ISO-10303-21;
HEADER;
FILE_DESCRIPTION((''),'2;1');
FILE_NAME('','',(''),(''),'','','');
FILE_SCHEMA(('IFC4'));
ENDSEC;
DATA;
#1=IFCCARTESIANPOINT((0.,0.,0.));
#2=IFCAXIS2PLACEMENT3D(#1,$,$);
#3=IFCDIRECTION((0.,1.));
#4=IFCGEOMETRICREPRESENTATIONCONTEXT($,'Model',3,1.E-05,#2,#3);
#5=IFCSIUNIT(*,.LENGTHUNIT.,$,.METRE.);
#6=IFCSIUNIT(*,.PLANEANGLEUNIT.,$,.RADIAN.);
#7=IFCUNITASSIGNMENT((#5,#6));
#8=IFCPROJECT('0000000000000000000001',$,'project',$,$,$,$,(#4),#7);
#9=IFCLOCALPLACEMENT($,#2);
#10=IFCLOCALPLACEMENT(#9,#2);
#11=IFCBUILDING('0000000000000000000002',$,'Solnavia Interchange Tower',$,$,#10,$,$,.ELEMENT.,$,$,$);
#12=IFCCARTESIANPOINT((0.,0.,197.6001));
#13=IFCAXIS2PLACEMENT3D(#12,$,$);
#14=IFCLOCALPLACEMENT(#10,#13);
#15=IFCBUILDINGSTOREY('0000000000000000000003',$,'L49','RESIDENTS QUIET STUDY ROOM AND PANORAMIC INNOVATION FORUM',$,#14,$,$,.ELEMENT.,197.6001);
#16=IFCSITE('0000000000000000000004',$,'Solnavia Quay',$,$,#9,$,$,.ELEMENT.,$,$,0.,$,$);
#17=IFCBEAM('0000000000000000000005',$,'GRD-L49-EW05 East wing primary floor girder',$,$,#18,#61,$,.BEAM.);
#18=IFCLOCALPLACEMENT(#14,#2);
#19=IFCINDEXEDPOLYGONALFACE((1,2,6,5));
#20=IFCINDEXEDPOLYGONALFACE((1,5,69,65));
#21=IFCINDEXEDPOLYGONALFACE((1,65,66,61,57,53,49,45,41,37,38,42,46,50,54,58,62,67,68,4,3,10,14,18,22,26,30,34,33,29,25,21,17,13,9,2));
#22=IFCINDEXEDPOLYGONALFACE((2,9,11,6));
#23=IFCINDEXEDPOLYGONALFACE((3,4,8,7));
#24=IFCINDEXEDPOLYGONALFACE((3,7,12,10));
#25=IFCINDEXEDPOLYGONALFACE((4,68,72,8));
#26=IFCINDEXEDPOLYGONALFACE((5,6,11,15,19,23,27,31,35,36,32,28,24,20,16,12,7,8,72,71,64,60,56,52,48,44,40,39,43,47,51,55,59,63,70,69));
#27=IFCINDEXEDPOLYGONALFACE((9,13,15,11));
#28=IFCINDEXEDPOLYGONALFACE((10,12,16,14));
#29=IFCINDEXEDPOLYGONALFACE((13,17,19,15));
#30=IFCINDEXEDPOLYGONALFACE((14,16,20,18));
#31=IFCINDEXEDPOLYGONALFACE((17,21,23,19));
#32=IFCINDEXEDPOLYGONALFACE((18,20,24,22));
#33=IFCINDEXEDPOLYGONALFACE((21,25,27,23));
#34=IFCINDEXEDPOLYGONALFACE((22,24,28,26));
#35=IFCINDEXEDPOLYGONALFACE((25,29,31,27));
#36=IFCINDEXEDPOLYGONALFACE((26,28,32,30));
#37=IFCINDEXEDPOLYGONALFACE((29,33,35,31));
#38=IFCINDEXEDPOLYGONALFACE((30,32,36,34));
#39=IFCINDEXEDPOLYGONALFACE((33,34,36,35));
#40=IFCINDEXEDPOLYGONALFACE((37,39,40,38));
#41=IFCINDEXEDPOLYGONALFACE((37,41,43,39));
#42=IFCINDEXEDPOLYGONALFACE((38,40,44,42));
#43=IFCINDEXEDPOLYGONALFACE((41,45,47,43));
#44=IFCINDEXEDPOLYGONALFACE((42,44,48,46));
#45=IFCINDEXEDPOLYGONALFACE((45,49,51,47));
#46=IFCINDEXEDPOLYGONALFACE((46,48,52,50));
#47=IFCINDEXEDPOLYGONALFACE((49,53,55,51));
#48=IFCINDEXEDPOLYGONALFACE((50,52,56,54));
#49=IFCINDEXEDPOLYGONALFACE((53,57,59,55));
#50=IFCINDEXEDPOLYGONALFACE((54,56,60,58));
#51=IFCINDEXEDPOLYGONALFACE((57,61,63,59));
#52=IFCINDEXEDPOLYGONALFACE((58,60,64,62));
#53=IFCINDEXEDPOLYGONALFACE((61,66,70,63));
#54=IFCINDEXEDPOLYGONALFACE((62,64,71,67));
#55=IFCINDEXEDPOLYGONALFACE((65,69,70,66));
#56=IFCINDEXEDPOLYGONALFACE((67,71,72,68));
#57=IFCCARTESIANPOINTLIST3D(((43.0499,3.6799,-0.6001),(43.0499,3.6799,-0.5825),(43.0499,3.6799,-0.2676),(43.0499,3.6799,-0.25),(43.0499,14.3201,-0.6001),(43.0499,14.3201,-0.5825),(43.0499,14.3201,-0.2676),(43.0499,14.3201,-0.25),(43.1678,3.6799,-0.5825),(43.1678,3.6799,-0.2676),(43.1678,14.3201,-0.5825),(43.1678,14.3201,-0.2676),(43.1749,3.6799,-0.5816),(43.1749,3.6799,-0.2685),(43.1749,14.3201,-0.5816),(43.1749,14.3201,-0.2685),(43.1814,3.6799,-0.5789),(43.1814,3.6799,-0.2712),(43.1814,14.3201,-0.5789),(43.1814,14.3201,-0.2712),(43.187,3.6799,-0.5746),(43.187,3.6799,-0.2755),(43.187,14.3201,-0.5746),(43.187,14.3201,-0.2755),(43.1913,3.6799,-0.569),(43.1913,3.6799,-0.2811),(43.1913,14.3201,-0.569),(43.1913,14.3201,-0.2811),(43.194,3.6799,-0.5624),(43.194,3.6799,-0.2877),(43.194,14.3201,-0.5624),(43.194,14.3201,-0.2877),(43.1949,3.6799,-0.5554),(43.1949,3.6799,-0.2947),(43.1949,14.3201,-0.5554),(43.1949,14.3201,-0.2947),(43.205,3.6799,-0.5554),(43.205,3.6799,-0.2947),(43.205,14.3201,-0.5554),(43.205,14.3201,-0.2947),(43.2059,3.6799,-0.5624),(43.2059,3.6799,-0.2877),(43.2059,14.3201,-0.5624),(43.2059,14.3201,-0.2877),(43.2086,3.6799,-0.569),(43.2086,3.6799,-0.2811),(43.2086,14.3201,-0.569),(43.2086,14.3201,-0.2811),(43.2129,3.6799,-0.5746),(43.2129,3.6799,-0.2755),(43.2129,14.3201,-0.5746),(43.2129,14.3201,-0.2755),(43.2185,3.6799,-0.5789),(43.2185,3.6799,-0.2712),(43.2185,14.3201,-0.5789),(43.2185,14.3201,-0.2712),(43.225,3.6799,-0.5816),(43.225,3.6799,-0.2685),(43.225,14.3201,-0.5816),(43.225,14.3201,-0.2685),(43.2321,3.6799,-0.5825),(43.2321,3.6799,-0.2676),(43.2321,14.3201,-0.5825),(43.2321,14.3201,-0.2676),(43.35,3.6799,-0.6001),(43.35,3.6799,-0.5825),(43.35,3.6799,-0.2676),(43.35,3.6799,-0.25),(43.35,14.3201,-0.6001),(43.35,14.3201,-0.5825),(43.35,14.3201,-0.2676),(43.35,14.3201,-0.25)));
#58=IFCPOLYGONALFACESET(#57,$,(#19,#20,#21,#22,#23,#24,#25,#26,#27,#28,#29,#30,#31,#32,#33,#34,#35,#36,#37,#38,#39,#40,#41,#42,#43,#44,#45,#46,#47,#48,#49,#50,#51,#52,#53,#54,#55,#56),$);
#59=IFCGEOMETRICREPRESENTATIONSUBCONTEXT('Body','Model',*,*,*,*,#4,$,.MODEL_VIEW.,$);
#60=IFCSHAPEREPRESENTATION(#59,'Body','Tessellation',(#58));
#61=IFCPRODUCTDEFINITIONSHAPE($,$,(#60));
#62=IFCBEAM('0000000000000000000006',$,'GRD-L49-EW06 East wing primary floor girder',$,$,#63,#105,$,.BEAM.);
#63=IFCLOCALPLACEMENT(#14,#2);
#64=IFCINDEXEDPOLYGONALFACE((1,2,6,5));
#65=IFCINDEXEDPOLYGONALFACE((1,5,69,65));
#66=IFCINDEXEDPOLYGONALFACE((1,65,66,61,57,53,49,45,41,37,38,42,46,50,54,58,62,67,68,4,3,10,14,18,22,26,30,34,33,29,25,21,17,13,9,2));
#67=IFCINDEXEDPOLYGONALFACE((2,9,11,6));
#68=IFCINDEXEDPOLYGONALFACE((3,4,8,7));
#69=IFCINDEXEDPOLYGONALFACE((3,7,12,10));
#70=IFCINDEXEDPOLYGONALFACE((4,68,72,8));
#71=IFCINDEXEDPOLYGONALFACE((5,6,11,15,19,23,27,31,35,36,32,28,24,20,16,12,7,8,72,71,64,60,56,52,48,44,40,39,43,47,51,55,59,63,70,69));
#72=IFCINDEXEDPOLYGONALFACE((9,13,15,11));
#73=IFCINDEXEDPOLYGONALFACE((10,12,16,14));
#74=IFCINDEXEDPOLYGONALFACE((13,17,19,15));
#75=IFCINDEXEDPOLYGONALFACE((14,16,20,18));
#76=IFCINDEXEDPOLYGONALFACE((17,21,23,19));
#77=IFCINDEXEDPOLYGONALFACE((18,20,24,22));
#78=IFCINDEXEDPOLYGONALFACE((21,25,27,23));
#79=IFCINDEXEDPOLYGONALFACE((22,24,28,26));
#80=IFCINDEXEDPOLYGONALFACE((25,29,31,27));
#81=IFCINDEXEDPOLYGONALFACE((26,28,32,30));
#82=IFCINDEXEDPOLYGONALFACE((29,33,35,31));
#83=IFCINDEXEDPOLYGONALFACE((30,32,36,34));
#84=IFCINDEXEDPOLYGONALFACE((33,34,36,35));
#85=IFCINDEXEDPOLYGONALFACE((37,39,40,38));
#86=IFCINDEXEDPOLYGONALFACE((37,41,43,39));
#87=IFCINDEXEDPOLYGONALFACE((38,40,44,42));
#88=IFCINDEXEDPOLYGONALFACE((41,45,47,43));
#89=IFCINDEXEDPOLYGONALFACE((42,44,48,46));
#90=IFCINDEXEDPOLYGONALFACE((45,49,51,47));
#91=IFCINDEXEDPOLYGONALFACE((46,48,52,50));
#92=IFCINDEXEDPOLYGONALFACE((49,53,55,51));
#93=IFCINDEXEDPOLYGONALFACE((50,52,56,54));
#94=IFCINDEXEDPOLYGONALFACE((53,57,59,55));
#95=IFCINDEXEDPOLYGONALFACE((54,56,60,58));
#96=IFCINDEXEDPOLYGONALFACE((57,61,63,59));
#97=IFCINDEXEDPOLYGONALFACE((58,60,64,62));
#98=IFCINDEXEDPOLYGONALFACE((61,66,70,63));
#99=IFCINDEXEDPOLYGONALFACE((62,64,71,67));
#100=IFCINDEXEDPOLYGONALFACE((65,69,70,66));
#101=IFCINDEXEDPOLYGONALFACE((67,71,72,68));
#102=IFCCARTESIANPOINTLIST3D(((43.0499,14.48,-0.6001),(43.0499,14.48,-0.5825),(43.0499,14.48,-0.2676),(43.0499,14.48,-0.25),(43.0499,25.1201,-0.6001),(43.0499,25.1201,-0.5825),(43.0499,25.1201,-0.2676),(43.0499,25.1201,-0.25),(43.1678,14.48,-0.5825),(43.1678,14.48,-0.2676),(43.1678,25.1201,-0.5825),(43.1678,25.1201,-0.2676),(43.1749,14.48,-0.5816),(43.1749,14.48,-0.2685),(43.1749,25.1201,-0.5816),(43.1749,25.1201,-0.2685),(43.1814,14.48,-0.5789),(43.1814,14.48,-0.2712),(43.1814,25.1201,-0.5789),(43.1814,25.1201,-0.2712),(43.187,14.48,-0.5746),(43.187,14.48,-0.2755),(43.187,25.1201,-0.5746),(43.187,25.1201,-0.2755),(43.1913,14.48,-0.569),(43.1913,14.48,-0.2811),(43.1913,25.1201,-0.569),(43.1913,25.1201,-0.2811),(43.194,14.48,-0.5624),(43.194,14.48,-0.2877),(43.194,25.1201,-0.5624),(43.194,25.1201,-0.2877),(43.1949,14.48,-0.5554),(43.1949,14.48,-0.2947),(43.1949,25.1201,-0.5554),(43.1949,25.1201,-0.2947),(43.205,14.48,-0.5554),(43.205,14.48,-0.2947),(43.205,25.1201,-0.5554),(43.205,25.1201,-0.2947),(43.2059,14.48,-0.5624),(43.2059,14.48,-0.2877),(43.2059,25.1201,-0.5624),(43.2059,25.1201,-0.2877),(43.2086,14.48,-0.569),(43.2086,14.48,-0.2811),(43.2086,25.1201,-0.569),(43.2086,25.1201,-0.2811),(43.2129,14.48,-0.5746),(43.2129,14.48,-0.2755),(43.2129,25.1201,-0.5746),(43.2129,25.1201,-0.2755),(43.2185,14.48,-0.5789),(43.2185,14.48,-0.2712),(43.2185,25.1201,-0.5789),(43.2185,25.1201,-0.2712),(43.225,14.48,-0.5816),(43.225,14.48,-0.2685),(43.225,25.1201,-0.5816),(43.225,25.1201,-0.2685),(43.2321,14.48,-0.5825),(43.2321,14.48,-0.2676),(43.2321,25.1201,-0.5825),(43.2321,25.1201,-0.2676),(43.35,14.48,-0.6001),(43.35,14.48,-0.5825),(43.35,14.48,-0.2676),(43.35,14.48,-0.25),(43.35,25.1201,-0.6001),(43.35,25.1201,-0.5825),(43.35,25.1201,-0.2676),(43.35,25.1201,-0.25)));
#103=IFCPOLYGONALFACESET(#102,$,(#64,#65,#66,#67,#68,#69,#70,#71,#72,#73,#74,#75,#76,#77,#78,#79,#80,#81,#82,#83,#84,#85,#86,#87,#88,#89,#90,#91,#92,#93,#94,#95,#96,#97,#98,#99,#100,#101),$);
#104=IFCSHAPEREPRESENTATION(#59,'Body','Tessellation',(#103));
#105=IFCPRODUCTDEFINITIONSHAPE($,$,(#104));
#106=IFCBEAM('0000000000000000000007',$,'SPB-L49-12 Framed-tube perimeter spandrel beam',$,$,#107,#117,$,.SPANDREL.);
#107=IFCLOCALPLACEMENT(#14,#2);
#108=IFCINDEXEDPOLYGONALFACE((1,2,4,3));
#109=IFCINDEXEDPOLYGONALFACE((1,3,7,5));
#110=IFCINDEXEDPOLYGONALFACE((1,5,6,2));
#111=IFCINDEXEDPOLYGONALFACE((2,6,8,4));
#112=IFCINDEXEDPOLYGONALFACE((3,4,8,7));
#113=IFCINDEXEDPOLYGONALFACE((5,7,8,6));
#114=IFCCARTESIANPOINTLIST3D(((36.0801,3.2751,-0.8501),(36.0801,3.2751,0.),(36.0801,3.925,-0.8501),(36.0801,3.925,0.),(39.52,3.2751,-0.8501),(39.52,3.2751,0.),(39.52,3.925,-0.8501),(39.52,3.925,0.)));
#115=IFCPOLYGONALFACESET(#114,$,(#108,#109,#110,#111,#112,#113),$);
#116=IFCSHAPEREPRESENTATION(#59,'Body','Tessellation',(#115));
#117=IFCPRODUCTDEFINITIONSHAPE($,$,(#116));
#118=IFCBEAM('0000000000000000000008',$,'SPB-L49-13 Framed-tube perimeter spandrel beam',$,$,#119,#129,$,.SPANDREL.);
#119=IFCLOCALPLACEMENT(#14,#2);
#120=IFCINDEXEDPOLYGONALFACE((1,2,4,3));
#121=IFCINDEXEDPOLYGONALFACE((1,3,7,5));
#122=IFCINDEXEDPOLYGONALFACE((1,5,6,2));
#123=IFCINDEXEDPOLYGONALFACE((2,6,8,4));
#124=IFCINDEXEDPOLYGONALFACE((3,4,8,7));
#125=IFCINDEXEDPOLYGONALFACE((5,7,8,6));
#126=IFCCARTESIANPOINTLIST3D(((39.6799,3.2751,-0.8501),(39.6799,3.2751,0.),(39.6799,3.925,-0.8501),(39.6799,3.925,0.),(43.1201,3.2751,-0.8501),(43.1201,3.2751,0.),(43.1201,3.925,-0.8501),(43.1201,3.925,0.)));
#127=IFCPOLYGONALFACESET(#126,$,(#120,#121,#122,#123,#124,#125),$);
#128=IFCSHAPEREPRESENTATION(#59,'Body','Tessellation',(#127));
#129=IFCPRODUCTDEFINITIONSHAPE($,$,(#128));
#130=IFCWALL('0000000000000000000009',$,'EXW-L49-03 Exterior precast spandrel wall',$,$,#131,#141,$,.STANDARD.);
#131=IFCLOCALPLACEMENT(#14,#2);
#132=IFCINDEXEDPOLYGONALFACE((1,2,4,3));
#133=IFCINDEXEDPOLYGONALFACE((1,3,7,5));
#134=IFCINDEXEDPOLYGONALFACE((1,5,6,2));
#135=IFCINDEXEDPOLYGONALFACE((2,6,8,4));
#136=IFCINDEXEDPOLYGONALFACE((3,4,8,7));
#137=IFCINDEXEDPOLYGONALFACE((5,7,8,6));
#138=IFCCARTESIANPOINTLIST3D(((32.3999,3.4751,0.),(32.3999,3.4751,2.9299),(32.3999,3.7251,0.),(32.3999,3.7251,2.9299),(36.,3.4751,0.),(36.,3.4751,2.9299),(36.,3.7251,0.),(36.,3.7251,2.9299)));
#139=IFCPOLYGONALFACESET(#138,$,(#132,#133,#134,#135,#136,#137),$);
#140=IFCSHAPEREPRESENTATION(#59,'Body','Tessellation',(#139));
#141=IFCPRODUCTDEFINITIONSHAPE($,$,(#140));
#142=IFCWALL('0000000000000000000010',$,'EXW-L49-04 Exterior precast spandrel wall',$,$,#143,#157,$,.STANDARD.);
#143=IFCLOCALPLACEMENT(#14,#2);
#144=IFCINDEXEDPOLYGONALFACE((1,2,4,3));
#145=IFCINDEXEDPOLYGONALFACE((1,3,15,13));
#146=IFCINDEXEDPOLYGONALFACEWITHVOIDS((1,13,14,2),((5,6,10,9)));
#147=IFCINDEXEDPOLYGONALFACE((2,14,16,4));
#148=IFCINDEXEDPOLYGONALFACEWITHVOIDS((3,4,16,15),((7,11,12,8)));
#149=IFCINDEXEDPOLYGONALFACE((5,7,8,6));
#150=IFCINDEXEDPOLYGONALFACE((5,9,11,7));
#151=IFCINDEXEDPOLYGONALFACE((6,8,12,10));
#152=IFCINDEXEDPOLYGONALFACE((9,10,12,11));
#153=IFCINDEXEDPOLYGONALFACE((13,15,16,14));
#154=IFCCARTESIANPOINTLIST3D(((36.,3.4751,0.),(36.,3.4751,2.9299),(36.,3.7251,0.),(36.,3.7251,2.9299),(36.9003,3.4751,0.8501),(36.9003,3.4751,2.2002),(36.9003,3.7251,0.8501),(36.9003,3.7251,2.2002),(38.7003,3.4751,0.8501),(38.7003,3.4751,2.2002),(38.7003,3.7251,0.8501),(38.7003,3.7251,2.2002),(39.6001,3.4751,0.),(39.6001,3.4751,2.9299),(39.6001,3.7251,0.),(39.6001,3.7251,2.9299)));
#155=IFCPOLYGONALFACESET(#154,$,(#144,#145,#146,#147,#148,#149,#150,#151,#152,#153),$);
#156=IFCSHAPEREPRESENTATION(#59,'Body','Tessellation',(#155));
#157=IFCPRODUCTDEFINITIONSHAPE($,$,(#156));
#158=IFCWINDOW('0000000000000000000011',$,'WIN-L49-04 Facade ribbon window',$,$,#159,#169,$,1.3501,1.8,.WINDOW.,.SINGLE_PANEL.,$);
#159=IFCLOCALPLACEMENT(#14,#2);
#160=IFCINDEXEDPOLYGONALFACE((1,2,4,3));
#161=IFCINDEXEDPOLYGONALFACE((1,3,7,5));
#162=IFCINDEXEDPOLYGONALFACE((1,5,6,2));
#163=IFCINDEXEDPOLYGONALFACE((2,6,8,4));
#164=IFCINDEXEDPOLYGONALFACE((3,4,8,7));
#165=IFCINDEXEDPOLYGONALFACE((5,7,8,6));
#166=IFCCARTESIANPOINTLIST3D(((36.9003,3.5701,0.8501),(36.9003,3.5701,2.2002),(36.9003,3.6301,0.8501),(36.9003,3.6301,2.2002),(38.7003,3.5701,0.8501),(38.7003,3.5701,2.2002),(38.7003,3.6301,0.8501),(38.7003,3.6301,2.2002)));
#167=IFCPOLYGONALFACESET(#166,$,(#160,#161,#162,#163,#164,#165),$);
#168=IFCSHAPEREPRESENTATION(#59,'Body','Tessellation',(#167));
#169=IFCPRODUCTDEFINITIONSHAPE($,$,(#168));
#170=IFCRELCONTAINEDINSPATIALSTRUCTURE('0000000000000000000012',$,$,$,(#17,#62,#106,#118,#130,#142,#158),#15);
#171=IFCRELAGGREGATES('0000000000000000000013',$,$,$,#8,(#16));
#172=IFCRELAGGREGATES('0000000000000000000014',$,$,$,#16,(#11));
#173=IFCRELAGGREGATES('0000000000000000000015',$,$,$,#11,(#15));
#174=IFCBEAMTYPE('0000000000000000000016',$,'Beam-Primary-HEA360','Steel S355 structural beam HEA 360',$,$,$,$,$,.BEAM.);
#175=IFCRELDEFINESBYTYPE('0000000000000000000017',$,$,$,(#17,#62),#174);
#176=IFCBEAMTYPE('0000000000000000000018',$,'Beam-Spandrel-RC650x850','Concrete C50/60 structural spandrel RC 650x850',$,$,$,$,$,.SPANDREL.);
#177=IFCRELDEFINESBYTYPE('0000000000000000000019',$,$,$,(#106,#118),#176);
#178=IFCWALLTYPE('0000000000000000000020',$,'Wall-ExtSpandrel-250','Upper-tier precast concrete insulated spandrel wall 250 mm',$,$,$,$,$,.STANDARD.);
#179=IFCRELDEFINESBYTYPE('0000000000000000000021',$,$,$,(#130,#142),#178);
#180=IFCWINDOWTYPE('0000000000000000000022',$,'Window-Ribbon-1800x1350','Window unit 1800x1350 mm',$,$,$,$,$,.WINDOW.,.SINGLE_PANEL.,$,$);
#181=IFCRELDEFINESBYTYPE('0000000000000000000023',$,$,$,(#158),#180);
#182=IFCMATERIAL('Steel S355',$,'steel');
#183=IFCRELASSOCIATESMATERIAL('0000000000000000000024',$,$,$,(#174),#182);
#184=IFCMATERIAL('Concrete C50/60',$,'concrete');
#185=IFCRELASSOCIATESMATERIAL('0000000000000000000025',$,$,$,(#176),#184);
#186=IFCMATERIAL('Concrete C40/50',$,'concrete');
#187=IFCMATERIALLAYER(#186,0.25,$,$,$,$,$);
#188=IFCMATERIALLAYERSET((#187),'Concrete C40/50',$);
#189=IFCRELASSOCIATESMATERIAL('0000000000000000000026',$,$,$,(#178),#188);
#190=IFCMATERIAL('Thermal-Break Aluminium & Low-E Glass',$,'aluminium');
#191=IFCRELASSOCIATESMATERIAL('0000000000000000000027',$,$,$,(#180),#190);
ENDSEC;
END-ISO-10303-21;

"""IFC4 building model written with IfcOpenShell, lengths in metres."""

from ifc_helpers import new_model, si_unit, direction, frame, frame_2d, origin, origin_2d, place, context, subcontext, project, spatial, rectangle, i_section, extrude, material, layer, layer_set, material_profile, profile_set, type_object, element, fill, save


model = new_model("IFC4")

# Units and contexts
model_context = context("Model", 3, precision=1e-05, world=origin(), true_north=direction((0.0, 1.0)))
body_context = subcontext(model_context, "Body", "Model", "MODEL_VIEW")
ifc_project = project(units=[si_unit("LENGTHUNIT", "METRE"), si_unit("PLANEANGLEUNIT", "RADIAN")], contexts=[model_context])

# Site, building, storey
site_placement = place(None, origin())
site = spatial("IfcSite", under=ifc_project, at=site_placement, Name="Solnavia Quay", CompositionType="ELEMENT", RefElevation=0.0)
building_placement = place(site_placement, origin())
building = spatial("IfcBuilding", under=site, at=building_placement, Name="Solnavia Interchange Tower", CompositionType="ELEMENT")
storey_placement = place(building_placement, frame((0.0, 0.0, 197.6001)))
storey = spatial("IfcBuildingStorey", under=building, at=storey_placement, Name="L49", Description="RESIDENTS QUIET STUDY ROOM AND PANORAMIC INNOVATION FORUM", CompositionType="ELEMENT", Elevation=197.6001)

# Shared definitions
ifc_material_1 = material(Name="Concrete C50/60", Category="concrete")
ifc_material_2 = material(Name="Steel S355", Category="steel")

# Beams
ifc_material_profile_1 = material_profile(ifc_material_2, i_section(OverallWidth=0.3, OverallDepth=0.3501, WebThickness=0.01, FlangeThickness=0.0176, FilletRadius=0.0271, at=origin_2d()), Name="HEA 360")
ifc_profile_set_1 = profile_set([ifc_material_profile_1], Name="Steel S355")
beam_type_1 = type_object("IfcBeamType", Name="Beam-Primary-HEA360", Description="Steel S355 structural beam HEA 360", PredefinedType="BEAM", material=ifc_profile_set_1)
for number, where, z_axis, x_axis, name in (
    (1, (43.2, 3.6799, -0.425), (0.0, 1.0, 0.0), (-1.0, 0.0, 0.0), "GRD-L49-EW05 East wing primary floor girder"),
    (2, (43.2, 14.48, -0.425), (0.0, 1.0, 0.0), (-1.0, 0.0, 0.0), "GRD-L49-EW06 East wing primary floor girder"),
):
    element("IfcBeam", number, at=place(storey_placement, frame(where, z_axis=z_axis, x_axis=x_axis)), inside=storey, type_object=beam_type_1, Name=name, PredefinedType="BEAM", context=body_context, shape_type="SweptSolid", body=[
        extrude(i_section(OverallWidth=0.3, OverallDepth=0.3501, WebThickness=0.01, FlangeThickness=0.0176, FilletRadius=0.0271, at=origin_2d()), origin(), (0.0, 0.0, 1.0), 10.6401),
    ])
ifc_material_profile_2 = material_profile(ifc_material_1, rectangle(XDim=0.6499, YDim=0.8501, at=origin_2d()), Name="RC 650x850")
ifc_profile_set_2 = profile_set([ifc_material_profile_2], Name="Concrete C50/60")
beam_type_2 = type_object("IfcBeamType", Name="Beam-Spandrel-RC650x850", Description="Concrete C50/60 structural spandrel RC 650x850", PredefinedType="SPANDREL", material=ifc_profile_set_2)
beam_1_placement = place(storey_placement, frame((36.0801, 3.6001, -0.425), z_axis=(1.0, 0.0, 0.0), x_axis=(0.0, 1.0, 0.0)))
element("IfcBeam", 3, at=beam_1_placement, inside=storey, type_object=beam_type_2, Name="SPB-L49-12 Framed-tube perimeter spandrel beam", PredefinedType="SPANDREL", context=body_context, shape_type="SweptSolid", body=[
    extrude(rectangle(XDim=0.6499, YDim=0.8501, at=origin_2d()), origin(), (0.0, 0.0, 1.0), 3.4399),
])
beam_2_placement = place(storey_placement, frame((39.6799, 3.6001, -0.425), z_axis=(1.0, 0.0, 0.0), x_axis=(0.0, 1.0, 0.0)))
element("IfcBeam", 4, at=beam_2_placement, inside=storey, type_object=beam_type_2, Name="SPB-L49-13 Framed-tube perimeter spandrel beam", PredefinedType="SPANDREL", context=body_context, shape_type="SweptSolid", body=[
    extrude(rectangle(XDim=0.6499, YDim=0.8501, at=origin_2d()), origin(), (0.0, 0.0, 1.0), 3.4402),
])

# Wall
ifc_material_3 = material(Name="Concrete C40/50", Category="concrete")
ifc_layer_1 = layer(ifc_material_3, 0.25)
ifc_layer_set_1 = layer_set([ifc_layer_1], Name="Concrete C40/50")
wall_type = type_object("IfcWallType", Name="Wall-ExtSpandrel-250", Description="Upper-tier precast concrete insulated spandrel wall 250 mm", PredefinedType="STANDARD", material=ifc_layer_set_1)
wall_1_placement = place(storey_placement, frame((36.0, 3.6001, 0.0), z_axis=(0.0, 0.0, 1.0), x_axis=(-1.0, 0.0, 0.0)))
element("IfcWall", 5, at=wall_1_placement, inside=storey, type_object=wall_type, Name="EXW-L49-03 Exterior precast spandrel wall", PredefinedType="STANDARD", context=body_context, shape_type="SweptSolid", body=[
    extrude(rectangle(XDim=3.6001, YDim=0.25, at=frame_2d((1.8, 0.0))), origin(), (0.0, 0.0, 1.0), 2.9299),
])

# Wall, opening, window
wall_2_placement = place(storey_placement, frame((39.6001, 3.6001, 0.0), z_axis=(0.0, 0.0, 1.0), x_axis=(-1.0, 0.0, 0.0)))
wall_2 = element("IfcWall", 6, at=wall_2_placement, inside=storey, type_object=wall_type, Name="EXW-L49-04 Exterior precast spandrel wall", PredefinedType="STANDARD", context=body_context, shape_type="SweptSolid", body=[
    extrude(rectangle(XDim=3.6001, YDim=0.25, at=frame_2d((1.8, 0.0))), origin(), (0.0, 0.0, 1.0), 2.9299),
])
opening_1_placement = place(wall_2_placement, frame((0.8999, 0.0, 0.8501)))
opening_1 = element("IfcOpeningElement", 7, at=opening_1_placement, cuts=wall_2, PredefinedType="OPENING", context=body_context, shape_type="SweptSolid", body=[
    extrude(rectangle(XDim=1.8, YDim=1.3501, at=frame_2d((0.8999, 0.675))), frame((0.0, 0.135, 0.0), z_axis=(0.0, -1.0, 0.0), x_axis=(1.0, 0.0, 0.0)), (0.0, 0.0, 1.0), 0.27),
])
ifc_material_4 = material(Name="Thermal-Break Aluminium & Low-E Glass", Category="aluminium")
window_type = type_object("IfcWindowType", Name="Window-Ribbon-1800x1350", Description="Window unit 1800x1350 mm", PartitioningType="SINGLE_PANEL", PredefinedType="WINDOW", material=ifc_material_4)
window_1_placement = place(opening_1_placement, origin())
window_1 = element("IfcWindow", 8, at=window_1_placement, inside=storey, type_object=window_type, Name="WIN-L49-04 Facade ribbon window", OverallHeight=1.3501, OverallWidth=1.8, PartitioningType="SINGLE_PANEL", PredefinedType="WINDOW", context=body_context, shape_type="SweptSolid", body=[
    extrude(rectangle(XDim=1.8, YDim=1.3501, at=frame_2d((0.8999, 0.675))), frame((0.0, 0.03, 0.0), z_axis=(0.0, -1.0, 0.0), x_axis=(1.0, 0.0, 0.0)), (0.0, 0.0, 1.0), 0.0601),
])
fill(opening_1, window_1)

save(model, "model.ifc")
